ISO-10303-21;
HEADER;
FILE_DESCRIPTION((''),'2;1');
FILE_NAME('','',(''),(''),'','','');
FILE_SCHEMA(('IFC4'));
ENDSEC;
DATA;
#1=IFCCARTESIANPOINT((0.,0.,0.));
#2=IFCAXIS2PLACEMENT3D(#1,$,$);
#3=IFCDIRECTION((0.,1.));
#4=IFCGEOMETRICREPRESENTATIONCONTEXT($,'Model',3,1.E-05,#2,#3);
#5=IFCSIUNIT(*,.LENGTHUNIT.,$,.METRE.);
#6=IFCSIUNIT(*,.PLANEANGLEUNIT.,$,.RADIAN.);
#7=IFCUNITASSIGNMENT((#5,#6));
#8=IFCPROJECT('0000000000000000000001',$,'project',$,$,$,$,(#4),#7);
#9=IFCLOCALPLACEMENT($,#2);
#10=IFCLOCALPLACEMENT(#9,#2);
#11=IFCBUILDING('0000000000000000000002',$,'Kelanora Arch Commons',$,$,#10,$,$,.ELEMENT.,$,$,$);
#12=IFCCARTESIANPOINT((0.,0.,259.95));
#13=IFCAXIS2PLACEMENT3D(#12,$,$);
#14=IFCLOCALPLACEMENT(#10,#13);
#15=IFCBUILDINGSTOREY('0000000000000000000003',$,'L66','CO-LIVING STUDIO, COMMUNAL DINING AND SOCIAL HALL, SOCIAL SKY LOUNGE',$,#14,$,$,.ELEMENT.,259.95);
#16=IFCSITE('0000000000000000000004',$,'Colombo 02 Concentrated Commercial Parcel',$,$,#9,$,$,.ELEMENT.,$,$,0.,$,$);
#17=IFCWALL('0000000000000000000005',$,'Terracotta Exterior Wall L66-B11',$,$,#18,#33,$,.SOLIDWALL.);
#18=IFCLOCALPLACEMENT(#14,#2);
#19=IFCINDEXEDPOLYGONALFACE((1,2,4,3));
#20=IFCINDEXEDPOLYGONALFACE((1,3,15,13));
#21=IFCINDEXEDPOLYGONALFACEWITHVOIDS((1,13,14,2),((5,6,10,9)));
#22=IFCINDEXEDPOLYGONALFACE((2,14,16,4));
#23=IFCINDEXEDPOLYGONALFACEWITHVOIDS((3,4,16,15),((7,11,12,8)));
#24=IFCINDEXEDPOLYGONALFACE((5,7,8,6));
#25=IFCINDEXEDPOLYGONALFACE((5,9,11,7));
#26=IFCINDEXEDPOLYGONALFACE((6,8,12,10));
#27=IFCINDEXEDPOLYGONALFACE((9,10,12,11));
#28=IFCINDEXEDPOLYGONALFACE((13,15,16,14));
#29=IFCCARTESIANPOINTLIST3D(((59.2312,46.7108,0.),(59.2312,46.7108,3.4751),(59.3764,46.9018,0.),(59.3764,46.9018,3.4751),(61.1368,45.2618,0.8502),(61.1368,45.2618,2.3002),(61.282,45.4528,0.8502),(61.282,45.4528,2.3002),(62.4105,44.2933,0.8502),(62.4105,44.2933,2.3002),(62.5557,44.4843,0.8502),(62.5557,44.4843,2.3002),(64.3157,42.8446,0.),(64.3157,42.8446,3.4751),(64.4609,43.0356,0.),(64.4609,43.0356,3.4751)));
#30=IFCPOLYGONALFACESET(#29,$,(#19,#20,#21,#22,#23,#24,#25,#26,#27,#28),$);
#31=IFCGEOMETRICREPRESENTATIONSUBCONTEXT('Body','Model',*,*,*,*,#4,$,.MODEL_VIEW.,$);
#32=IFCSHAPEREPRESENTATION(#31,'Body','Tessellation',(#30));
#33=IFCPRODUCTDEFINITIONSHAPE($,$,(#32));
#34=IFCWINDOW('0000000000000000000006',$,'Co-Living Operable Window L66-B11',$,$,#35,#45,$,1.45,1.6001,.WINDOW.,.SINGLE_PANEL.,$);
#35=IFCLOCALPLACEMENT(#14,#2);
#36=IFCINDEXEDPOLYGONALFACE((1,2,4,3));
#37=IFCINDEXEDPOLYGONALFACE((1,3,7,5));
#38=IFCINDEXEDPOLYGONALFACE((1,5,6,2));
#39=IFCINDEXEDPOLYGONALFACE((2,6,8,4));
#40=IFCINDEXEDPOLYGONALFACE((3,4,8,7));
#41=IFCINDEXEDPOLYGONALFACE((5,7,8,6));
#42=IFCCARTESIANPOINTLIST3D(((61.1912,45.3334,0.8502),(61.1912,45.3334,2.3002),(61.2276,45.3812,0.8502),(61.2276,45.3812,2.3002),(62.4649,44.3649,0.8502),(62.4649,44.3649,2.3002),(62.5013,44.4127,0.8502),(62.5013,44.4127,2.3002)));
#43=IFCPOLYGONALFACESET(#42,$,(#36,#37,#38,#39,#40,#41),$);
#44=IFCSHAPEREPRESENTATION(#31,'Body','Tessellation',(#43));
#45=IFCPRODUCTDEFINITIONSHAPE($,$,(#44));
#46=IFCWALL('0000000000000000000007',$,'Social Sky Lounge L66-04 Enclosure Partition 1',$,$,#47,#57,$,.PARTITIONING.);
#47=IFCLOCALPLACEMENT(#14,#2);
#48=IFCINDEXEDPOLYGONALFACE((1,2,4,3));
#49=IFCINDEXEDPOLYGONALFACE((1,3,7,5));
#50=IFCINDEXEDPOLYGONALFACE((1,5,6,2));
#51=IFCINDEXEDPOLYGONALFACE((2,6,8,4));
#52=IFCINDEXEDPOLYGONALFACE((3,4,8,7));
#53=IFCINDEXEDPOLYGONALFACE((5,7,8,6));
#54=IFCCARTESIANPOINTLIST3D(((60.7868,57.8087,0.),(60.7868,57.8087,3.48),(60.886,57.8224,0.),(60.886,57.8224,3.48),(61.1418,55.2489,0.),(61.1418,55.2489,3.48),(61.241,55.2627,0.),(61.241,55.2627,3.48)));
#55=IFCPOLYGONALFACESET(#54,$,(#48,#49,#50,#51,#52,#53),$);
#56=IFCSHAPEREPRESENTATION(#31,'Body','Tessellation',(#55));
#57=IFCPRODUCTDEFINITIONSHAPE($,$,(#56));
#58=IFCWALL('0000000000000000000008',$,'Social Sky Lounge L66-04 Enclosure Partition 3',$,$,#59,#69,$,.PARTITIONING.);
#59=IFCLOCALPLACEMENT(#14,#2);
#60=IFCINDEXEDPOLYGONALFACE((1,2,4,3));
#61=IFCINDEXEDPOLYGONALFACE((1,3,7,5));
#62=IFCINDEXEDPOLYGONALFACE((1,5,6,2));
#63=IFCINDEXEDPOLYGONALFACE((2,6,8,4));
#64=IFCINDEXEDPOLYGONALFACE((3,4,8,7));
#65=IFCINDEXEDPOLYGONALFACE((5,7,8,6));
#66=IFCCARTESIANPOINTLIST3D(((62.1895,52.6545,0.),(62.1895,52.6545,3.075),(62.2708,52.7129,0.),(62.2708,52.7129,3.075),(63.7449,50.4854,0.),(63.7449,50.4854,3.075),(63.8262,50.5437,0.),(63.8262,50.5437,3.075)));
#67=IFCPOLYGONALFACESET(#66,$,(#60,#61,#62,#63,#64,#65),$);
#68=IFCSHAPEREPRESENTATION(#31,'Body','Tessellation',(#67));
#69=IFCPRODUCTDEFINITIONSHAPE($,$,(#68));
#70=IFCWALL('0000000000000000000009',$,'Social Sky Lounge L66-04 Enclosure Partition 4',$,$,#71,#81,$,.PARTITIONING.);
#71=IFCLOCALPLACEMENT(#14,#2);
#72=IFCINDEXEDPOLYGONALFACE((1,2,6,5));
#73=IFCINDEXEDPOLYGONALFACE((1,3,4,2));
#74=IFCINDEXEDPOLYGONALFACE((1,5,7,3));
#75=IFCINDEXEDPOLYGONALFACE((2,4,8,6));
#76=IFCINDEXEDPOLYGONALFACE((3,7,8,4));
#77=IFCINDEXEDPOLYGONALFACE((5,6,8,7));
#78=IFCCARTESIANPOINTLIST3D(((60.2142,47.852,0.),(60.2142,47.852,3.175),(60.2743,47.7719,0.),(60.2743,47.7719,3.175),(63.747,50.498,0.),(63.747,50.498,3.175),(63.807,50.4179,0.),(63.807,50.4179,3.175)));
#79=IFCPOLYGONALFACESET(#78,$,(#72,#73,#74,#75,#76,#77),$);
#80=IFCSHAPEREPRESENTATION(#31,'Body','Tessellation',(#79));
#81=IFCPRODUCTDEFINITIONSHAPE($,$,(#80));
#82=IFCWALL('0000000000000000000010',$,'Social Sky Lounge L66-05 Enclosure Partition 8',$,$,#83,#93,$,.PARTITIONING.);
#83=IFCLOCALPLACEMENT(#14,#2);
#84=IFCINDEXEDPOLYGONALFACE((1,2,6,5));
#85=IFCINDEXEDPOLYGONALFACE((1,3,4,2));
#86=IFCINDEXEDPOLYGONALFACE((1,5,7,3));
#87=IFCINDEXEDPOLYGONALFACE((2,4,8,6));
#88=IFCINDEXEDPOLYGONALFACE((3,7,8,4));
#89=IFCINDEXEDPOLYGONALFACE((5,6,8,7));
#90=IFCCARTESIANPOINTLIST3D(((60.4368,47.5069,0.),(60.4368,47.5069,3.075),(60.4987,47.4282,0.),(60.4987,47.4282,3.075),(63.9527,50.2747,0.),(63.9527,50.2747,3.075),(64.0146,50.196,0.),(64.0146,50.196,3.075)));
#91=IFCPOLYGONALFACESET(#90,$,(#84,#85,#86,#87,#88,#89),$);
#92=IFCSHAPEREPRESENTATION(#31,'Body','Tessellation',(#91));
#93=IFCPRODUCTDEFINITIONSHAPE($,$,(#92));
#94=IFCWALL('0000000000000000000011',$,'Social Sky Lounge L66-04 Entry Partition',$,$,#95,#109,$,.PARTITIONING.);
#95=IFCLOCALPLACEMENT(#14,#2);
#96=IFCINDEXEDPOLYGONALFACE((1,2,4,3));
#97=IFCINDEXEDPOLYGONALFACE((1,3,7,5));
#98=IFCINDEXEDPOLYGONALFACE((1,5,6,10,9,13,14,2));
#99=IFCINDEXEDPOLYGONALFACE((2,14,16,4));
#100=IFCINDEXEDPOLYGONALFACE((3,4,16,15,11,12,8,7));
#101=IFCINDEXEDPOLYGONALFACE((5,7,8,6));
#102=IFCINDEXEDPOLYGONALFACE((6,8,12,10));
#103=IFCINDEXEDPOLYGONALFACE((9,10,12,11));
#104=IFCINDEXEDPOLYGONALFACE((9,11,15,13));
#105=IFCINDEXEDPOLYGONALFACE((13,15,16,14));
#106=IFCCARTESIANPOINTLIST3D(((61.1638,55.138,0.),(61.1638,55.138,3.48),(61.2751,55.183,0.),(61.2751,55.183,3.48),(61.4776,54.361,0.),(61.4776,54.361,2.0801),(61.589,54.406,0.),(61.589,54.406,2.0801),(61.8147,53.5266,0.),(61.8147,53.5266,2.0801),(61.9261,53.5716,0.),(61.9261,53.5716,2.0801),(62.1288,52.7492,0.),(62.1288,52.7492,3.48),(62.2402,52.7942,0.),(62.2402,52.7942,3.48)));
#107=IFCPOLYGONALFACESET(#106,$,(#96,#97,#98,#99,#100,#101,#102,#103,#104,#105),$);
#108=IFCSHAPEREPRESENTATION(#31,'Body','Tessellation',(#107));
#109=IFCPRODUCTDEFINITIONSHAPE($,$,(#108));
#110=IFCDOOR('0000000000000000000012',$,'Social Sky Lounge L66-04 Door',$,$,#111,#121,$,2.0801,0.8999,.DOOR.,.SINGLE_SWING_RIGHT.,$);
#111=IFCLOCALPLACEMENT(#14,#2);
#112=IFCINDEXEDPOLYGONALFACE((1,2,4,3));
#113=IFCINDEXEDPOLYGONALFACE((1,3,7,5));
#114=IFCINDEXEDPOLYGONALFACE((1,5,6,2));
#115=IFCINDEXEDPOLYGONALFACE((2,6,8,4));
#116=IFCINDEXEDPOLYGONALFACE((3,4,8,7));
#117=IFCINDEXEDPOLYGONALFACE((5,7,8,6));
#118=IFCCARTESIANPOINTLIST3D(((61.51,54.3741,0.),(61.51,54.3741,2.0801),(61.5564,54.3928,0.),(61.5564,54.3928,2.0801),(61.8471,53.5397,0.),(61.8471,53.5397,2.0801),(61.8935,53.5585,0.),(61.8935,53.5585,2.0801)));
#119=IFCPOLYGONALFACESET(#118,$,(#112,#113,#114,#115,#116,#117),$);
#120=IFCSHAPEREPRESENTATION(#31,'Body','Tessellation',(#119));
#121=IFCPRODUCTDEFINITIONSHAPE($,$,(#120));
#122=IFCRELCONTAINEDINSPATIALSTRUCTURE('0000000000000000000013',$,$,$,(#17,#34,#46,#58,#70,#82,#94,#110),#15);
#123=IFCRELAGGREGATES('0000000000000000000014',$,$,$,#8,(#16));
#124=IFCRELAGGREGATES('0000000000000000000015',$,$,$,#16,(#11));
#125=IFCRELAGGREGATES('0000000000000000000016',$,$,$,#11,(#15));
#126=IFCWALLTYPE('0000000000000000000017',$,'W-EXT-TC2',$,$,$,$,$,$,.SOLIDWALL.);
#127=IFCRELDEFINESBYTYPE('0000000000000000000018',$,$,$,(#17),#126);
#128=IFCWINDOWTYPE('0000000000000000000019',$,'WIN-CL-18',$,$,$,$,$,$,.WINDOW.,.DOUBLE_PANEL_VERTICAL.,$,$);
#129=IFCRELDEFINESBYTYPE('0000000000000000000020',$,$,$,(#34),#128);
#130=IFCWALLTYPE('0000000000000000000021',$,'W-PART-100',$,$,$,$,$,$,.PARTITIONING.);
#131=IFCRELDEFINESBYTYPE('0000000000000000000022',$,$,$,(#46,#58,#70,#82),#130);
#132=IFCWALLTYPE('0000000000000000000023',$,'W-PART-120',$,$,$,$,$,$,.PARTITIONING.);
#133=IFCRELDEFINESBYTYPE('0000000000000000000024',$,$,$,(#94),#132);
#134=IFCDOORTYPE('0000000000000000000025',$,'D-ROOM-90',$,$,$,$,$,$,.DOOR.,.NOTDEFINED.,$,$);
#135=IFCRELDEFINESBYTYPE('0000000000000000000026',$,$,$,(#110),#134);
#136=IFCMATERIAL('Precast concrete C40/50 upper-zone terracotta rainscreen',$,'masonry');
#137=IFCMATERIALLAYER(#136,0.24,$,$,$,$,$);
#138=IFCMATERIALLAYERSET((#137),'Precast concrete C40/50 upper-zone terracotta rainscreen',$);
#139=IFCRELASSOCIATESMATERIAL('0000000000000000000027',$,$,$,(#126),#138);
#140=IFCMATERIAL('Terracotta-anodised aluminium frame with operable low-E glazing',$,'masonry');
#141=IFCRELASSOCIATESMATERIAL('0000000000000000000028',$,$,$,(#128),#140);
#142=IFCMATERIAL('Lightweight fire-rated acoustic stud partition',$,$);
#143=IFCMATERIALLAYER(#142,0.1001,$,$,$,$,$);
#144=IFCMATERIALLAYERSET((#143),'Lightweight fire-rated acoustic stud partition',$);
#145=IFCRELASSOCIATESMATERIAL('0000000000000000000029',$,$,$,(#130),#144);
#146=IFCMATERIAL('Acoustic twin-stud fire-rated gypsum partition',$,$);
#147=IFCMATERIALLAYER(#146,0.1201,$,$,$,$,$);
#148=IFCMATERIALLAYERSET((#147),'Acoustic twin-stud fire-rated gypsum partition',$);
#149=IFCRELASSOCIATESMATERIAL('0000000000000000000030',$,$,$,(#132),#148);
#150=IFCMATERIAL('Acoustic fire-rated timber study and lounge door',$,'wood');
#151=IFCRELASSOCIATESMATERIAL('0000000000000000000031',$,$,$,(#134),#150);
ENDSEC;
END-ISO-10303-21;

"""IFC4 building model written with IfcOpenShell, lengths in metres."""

from ifc_helpers import new_model, si_unit, direction, frame, frame_2d, origin, place, context, subcontext, project, spatial, rectangle, extrude, material, layer, layer_set, type_object, element, fill, save


model = new_model("IFC4")

# Units and contexts
model_context = context("Model", 3, precision=1e-05, world=origin(), true_north=direction((0.0, 1.0)))
body_context = subcontext(model_context, "Body", "Model", "MODEL_VIEW")
ifc_project = project(units=[si_unit("LENGTHUNIT", "METRE"), si_unit("PLANEANGLEUNIT", "RADIAN")], contexts=[model_context])

# Site, building, storey
site_placement = place(None, origin())
site = spatial("IfcSite", under=ifc_project, at=site_placement, Name="Colombo 02 Concentrated Commercial Parcel", CompositionType="ELEMENT", RefElevation=0.0)
building_placement = place(site_placement, origin())
building = spatial("IfcBuilding", under=site, at=building_placement, Name="Kelanora Arch Commons", CompositionType="ELEMENT")
storey_placement = place(building_placement, frame((0.0, 0.0, 259.95)))
storey = spatial("IfcBuildingStorey", under=building, at=storey_placement, Name="L66", Description="CO-LIVING STUDIO, COMMUNAL DINING AND SOCIAL HALL, SOCIAL SKY LOUNGE", CompositionType="ELEMENT", Elevation=259.95)

# Wall, opening, window
ifc_material_1 = material(Name="Precast concrete C40/50 upper-zone terracotta rainscreen", Category="masonry")
ifc_layer_1 = layer(ifc_material_1, 0.24)
ifc_layer_set_1 = layer_set([ifc_layer_1], Name="Precast concrete C40/50 upper-zone terracotta rainscreen")
wall_type_1 = type_object("IfcWallType", Name="W-EXT-TC2", PredefinedType="SOLIDWALL", material=ifc_layer_set_1)
wall_1_placement = place(storey_placement, frame((59.3037, 46.8064, 0.0), z_axis=(0.0, 0.0, 1.0), x_axis=(0.79601, -0.605283, 0.0)))
wall_1 = element("IfcWall", 1, at=wall_1_placement, inside=storey, type_object=wall_type_1, Name="Terracotta Exterior Wall L66-B11", PredefinedType="SOLIDWALL", context=body_context, shape_type="SweptSolid", body=[
    extrude(rectangle(XDim=6.3875, YDim=0.24, at=frame_2d((3.1938, 0.0))), origin(), (0.0, 0.0, 1.0), 3.4751),
])
opening_1_placement = place(wall_1_placement, frame((2.394, 0.0, 0.8501)))
opening_1 = element("IfcOpeningElement", 2, at=opening_1_placement, cuts=wall_1, PredefinedType="OPENING", context=body_context, shape_type="SweptSolid", body=[
    extrude(rectangle(XDim=1.6001, YDim=1.45, at=frame_2d((0.8, 0.7251))), frame((0.0, 0.1299, 0.0), z_axis=(0.0, -1.0, 0.0), x_axis=(1.0, 0.0, 0.0)), (0.0, 0.0, 1.0), 0.26),
])
ifc_material_2 = material(Name="Terracotta-anodised aluminium frame with operable low-E glazing", Category="masonry")
window_type = type_object("IfcWindowType", Name="WIN-CL-18", PartitioningType="DOUBLE_PANEL_VERTICAL", PredefinedType="WINDOW", material=ifc_material_2)
window_placement = place(opening_1_placement, origin())
window = element("IfcWindow", 3, at=window_placement, inside=storey, type_object=window_type, Name="Co-Living Operable Window L66-B11", OverallHeight=1.45, OverallWidth=1.6001, PartitioningType="SINGLE_PANEL", PredefinedType="WINDOW", context=body_context, shape_type="SweptSolid", body=[
    extrude(rectangle(XDim=1.6001, YDim=1.45, at=frame_2d((0.8, 0.7251))), frame((0.0, 0.03, 0.0), z_axis=(0.0, -1.0, 0.0), x_axis=(1.0, 0.0, 0.0)), (0.0, 0.0, 1.0), 0.0601),
])
fill(opening_1, window)

# Walls
ifc_material_3 = material(Name="Lightweight fire-rated acoustic stud partition")
ifc_layer_2 = layer(ifc_material_3, 0.1001)
ifc_layer_set_2 = layer_set([ifc_layer_2], Name="Lightweight fire-rated acoustic stud partition")
wall_type_2 = type_object("IfcWallType", Name="W-PART-100", PredefinedType="PARTITIONING", material=ifc_layer_set_2)
wall_2_placement = place(storey_placement, frame((60.8364, 57.8154, 0.0), z_axis=(0.0, 0.0, 1.0), x_axis=(0.13736, -0.990521, 0.0)))
element("IfcWall", 4, at=wall_2_placement, inside=storey, type_object=wall_type_2, Name="Social Sky Lounge L66-04 Enclosure Partition 1", PredefinedType="PARTITIONING", context=body_context, shape_type="SweptSolid", body=[
    extrude(rectangle(XDim=2.5842, YDim=0.1001, at=frame_2d((1.292, 0.0))), origin(), (0.0, 0.0, 1.0), 3.48),
])
wall_3_placement = place(storey_placement, frame((62.2302, 52.6836, 0.0), z_axis=(0.0, 0.0, 1.0), x_axis=(0.582725, -0.812669, 0.0)))
element("IfcWall", 5, at=wall_3_placement, inside=storey, type_object=wall_type_2, Name="Social Sky Lounge L66-04 Enclosure Partition 3", PredefinedType="PARTITIONING", context=body_context, shape_type="SweptSolid", body=[
    extrude(rectangle(XDim=2.6692, YDim=0.1001, at=frame_2d((1.3345, 0.0))), origin(), (0.0, 0.0, 1.0), 3.075),
])
wall_4_placement = place(storey_placement, frame((63.7771, 50.458, 0.0), z_axis=(0.0, 0.0, 1.0), x_axis=(-0.800385, -0.599487, 0.0)))
element("IfcWall", 6, at=wall_4_placement, inside=storey, type_object=wall_type_2, Name="Social Sky Lounge L66-04 Enclosure Partition 4", PredefinedType="PARTITIONING", context=body_context, shape_type="SweptSolid", body=[
    extrude(rectangle(XDim=4.4138, YDim=0.1001, at=frame_2d((2.207, 0.0))), origin(), (0.0, 0.0, 1.0), 3.175),
])
wall_5_placement = place(storey_placement, frame((60.4678, 47.4675, 0.0), z_axis=(0.0, 0.0, 1.0), x_axis=(0.785737, 0.618561, 0.0)))
element("IfcWall", 7, at=wall_5_placement, inside=storey, type_object=wall_type_2, Name="Social Sky Lounge L66-05 Enclosure Partition 8", PredefinedType="PARTITIONING", context=body_context, shape_type="SweptSolid", body=[
    extrude(rectangle(XDim=4.4746, YDim=0.1001, at=frame_2d((2.2373, 0.0))), origin(), (0.0, 0.0, 1.0), 3.075),
])

# Wall, opening, door
ifc_material_4 = material(Name="Acoustic twin-stud fire-rated gypsum partition")
ifc_layer_3 = layer(ifc_material_4, 0.1201)
ifc_layer_set_3 = layer_set([ifc_layer_3], Name="Acoustic twin-stud fire-rated gypsum partition")
wall_type_3 = type_object("IfcWallType", Name="W-PART-120", PredefinedType="PARTITIONING", material=ifc_layer_set_3)
wall_6_placement = place(storey_placement, frame((61.2195, 55.1604, 0.0), z_axis=(0.0, 0.0, 1.0), x_axis=(0.374574, -0.927197, 0.0)))
wall_6 = element("IfcWall", 8, at=wall_6_placement, inside=storey, type_object=wall_type_3, Name="Social Sky Lounge L66-04 Entry Partition", PredefinedType="PARTITIONING", context=body_context, shape_type="SweptSolid", body=[
    extrude(rectangle(XDim=2.5764, YDim=0.1201, at=frame_2d((1.2881, 0.0))), origin(), (0.0, 0.0, 1.0), 3.48),
])
opening_2_placement = place(wall_6_placement, frame((0.8379, 0.0, 0.0)))
opening_2 = element("IfcOpeningElement", 9, at=opening_2_placement, cuts=wall_6, PredefinedType="OPENING", context=body_context, shape_type="SweptSolid", body=[
    extrude(rectangle(XDim=0.8999, YDim=2.0801, at=frame_2d((0.45, 1.04))), frame((0.0, 0.0701, 0.0), z_axis=(0.0, -1.0, 0.0), x_axis=(1.0, 0.0, 0.0)), (0.0, 0.0, 1.0), 0.1401),
])
ifc_material_5 = material(Name="Acoustic fire-rated timber study and lounge door", Category="wood")
door_type = type_object("IfcDoorType", Name="D-ROOM-90", OperationType="NOTDEFINED", PredefinedType="DOOR", material=ifc_material_5)
door_placement = place(opening_2_placement, origin())
door = element("IfcDoor", 10, at=door_placement, inside=storey, type_object=door_type, Name="Social Sky Lounge L66-04 Door", OperationType="SINGLE_SWING_RIGHT", OverallHeight=2.0801, OverallWidth=0.8999, PredefinedType="DOOR", context=body_context, shape_type="SweptSolid", body=[
    extrude(rectangle(XDim=0.8999, YDim=2.0801, at=frame_2d((0.45, 1.04))), frame((0.0, 0.0249, 0.0), z_axis=(0.0, -1.0, 0.0), x_axis=(1.0, 0.0, 0.0)), (0.0, 0.0, 1.0), 0.05),
])
fill(opening_2, door)

save(model, "model.ifc")
